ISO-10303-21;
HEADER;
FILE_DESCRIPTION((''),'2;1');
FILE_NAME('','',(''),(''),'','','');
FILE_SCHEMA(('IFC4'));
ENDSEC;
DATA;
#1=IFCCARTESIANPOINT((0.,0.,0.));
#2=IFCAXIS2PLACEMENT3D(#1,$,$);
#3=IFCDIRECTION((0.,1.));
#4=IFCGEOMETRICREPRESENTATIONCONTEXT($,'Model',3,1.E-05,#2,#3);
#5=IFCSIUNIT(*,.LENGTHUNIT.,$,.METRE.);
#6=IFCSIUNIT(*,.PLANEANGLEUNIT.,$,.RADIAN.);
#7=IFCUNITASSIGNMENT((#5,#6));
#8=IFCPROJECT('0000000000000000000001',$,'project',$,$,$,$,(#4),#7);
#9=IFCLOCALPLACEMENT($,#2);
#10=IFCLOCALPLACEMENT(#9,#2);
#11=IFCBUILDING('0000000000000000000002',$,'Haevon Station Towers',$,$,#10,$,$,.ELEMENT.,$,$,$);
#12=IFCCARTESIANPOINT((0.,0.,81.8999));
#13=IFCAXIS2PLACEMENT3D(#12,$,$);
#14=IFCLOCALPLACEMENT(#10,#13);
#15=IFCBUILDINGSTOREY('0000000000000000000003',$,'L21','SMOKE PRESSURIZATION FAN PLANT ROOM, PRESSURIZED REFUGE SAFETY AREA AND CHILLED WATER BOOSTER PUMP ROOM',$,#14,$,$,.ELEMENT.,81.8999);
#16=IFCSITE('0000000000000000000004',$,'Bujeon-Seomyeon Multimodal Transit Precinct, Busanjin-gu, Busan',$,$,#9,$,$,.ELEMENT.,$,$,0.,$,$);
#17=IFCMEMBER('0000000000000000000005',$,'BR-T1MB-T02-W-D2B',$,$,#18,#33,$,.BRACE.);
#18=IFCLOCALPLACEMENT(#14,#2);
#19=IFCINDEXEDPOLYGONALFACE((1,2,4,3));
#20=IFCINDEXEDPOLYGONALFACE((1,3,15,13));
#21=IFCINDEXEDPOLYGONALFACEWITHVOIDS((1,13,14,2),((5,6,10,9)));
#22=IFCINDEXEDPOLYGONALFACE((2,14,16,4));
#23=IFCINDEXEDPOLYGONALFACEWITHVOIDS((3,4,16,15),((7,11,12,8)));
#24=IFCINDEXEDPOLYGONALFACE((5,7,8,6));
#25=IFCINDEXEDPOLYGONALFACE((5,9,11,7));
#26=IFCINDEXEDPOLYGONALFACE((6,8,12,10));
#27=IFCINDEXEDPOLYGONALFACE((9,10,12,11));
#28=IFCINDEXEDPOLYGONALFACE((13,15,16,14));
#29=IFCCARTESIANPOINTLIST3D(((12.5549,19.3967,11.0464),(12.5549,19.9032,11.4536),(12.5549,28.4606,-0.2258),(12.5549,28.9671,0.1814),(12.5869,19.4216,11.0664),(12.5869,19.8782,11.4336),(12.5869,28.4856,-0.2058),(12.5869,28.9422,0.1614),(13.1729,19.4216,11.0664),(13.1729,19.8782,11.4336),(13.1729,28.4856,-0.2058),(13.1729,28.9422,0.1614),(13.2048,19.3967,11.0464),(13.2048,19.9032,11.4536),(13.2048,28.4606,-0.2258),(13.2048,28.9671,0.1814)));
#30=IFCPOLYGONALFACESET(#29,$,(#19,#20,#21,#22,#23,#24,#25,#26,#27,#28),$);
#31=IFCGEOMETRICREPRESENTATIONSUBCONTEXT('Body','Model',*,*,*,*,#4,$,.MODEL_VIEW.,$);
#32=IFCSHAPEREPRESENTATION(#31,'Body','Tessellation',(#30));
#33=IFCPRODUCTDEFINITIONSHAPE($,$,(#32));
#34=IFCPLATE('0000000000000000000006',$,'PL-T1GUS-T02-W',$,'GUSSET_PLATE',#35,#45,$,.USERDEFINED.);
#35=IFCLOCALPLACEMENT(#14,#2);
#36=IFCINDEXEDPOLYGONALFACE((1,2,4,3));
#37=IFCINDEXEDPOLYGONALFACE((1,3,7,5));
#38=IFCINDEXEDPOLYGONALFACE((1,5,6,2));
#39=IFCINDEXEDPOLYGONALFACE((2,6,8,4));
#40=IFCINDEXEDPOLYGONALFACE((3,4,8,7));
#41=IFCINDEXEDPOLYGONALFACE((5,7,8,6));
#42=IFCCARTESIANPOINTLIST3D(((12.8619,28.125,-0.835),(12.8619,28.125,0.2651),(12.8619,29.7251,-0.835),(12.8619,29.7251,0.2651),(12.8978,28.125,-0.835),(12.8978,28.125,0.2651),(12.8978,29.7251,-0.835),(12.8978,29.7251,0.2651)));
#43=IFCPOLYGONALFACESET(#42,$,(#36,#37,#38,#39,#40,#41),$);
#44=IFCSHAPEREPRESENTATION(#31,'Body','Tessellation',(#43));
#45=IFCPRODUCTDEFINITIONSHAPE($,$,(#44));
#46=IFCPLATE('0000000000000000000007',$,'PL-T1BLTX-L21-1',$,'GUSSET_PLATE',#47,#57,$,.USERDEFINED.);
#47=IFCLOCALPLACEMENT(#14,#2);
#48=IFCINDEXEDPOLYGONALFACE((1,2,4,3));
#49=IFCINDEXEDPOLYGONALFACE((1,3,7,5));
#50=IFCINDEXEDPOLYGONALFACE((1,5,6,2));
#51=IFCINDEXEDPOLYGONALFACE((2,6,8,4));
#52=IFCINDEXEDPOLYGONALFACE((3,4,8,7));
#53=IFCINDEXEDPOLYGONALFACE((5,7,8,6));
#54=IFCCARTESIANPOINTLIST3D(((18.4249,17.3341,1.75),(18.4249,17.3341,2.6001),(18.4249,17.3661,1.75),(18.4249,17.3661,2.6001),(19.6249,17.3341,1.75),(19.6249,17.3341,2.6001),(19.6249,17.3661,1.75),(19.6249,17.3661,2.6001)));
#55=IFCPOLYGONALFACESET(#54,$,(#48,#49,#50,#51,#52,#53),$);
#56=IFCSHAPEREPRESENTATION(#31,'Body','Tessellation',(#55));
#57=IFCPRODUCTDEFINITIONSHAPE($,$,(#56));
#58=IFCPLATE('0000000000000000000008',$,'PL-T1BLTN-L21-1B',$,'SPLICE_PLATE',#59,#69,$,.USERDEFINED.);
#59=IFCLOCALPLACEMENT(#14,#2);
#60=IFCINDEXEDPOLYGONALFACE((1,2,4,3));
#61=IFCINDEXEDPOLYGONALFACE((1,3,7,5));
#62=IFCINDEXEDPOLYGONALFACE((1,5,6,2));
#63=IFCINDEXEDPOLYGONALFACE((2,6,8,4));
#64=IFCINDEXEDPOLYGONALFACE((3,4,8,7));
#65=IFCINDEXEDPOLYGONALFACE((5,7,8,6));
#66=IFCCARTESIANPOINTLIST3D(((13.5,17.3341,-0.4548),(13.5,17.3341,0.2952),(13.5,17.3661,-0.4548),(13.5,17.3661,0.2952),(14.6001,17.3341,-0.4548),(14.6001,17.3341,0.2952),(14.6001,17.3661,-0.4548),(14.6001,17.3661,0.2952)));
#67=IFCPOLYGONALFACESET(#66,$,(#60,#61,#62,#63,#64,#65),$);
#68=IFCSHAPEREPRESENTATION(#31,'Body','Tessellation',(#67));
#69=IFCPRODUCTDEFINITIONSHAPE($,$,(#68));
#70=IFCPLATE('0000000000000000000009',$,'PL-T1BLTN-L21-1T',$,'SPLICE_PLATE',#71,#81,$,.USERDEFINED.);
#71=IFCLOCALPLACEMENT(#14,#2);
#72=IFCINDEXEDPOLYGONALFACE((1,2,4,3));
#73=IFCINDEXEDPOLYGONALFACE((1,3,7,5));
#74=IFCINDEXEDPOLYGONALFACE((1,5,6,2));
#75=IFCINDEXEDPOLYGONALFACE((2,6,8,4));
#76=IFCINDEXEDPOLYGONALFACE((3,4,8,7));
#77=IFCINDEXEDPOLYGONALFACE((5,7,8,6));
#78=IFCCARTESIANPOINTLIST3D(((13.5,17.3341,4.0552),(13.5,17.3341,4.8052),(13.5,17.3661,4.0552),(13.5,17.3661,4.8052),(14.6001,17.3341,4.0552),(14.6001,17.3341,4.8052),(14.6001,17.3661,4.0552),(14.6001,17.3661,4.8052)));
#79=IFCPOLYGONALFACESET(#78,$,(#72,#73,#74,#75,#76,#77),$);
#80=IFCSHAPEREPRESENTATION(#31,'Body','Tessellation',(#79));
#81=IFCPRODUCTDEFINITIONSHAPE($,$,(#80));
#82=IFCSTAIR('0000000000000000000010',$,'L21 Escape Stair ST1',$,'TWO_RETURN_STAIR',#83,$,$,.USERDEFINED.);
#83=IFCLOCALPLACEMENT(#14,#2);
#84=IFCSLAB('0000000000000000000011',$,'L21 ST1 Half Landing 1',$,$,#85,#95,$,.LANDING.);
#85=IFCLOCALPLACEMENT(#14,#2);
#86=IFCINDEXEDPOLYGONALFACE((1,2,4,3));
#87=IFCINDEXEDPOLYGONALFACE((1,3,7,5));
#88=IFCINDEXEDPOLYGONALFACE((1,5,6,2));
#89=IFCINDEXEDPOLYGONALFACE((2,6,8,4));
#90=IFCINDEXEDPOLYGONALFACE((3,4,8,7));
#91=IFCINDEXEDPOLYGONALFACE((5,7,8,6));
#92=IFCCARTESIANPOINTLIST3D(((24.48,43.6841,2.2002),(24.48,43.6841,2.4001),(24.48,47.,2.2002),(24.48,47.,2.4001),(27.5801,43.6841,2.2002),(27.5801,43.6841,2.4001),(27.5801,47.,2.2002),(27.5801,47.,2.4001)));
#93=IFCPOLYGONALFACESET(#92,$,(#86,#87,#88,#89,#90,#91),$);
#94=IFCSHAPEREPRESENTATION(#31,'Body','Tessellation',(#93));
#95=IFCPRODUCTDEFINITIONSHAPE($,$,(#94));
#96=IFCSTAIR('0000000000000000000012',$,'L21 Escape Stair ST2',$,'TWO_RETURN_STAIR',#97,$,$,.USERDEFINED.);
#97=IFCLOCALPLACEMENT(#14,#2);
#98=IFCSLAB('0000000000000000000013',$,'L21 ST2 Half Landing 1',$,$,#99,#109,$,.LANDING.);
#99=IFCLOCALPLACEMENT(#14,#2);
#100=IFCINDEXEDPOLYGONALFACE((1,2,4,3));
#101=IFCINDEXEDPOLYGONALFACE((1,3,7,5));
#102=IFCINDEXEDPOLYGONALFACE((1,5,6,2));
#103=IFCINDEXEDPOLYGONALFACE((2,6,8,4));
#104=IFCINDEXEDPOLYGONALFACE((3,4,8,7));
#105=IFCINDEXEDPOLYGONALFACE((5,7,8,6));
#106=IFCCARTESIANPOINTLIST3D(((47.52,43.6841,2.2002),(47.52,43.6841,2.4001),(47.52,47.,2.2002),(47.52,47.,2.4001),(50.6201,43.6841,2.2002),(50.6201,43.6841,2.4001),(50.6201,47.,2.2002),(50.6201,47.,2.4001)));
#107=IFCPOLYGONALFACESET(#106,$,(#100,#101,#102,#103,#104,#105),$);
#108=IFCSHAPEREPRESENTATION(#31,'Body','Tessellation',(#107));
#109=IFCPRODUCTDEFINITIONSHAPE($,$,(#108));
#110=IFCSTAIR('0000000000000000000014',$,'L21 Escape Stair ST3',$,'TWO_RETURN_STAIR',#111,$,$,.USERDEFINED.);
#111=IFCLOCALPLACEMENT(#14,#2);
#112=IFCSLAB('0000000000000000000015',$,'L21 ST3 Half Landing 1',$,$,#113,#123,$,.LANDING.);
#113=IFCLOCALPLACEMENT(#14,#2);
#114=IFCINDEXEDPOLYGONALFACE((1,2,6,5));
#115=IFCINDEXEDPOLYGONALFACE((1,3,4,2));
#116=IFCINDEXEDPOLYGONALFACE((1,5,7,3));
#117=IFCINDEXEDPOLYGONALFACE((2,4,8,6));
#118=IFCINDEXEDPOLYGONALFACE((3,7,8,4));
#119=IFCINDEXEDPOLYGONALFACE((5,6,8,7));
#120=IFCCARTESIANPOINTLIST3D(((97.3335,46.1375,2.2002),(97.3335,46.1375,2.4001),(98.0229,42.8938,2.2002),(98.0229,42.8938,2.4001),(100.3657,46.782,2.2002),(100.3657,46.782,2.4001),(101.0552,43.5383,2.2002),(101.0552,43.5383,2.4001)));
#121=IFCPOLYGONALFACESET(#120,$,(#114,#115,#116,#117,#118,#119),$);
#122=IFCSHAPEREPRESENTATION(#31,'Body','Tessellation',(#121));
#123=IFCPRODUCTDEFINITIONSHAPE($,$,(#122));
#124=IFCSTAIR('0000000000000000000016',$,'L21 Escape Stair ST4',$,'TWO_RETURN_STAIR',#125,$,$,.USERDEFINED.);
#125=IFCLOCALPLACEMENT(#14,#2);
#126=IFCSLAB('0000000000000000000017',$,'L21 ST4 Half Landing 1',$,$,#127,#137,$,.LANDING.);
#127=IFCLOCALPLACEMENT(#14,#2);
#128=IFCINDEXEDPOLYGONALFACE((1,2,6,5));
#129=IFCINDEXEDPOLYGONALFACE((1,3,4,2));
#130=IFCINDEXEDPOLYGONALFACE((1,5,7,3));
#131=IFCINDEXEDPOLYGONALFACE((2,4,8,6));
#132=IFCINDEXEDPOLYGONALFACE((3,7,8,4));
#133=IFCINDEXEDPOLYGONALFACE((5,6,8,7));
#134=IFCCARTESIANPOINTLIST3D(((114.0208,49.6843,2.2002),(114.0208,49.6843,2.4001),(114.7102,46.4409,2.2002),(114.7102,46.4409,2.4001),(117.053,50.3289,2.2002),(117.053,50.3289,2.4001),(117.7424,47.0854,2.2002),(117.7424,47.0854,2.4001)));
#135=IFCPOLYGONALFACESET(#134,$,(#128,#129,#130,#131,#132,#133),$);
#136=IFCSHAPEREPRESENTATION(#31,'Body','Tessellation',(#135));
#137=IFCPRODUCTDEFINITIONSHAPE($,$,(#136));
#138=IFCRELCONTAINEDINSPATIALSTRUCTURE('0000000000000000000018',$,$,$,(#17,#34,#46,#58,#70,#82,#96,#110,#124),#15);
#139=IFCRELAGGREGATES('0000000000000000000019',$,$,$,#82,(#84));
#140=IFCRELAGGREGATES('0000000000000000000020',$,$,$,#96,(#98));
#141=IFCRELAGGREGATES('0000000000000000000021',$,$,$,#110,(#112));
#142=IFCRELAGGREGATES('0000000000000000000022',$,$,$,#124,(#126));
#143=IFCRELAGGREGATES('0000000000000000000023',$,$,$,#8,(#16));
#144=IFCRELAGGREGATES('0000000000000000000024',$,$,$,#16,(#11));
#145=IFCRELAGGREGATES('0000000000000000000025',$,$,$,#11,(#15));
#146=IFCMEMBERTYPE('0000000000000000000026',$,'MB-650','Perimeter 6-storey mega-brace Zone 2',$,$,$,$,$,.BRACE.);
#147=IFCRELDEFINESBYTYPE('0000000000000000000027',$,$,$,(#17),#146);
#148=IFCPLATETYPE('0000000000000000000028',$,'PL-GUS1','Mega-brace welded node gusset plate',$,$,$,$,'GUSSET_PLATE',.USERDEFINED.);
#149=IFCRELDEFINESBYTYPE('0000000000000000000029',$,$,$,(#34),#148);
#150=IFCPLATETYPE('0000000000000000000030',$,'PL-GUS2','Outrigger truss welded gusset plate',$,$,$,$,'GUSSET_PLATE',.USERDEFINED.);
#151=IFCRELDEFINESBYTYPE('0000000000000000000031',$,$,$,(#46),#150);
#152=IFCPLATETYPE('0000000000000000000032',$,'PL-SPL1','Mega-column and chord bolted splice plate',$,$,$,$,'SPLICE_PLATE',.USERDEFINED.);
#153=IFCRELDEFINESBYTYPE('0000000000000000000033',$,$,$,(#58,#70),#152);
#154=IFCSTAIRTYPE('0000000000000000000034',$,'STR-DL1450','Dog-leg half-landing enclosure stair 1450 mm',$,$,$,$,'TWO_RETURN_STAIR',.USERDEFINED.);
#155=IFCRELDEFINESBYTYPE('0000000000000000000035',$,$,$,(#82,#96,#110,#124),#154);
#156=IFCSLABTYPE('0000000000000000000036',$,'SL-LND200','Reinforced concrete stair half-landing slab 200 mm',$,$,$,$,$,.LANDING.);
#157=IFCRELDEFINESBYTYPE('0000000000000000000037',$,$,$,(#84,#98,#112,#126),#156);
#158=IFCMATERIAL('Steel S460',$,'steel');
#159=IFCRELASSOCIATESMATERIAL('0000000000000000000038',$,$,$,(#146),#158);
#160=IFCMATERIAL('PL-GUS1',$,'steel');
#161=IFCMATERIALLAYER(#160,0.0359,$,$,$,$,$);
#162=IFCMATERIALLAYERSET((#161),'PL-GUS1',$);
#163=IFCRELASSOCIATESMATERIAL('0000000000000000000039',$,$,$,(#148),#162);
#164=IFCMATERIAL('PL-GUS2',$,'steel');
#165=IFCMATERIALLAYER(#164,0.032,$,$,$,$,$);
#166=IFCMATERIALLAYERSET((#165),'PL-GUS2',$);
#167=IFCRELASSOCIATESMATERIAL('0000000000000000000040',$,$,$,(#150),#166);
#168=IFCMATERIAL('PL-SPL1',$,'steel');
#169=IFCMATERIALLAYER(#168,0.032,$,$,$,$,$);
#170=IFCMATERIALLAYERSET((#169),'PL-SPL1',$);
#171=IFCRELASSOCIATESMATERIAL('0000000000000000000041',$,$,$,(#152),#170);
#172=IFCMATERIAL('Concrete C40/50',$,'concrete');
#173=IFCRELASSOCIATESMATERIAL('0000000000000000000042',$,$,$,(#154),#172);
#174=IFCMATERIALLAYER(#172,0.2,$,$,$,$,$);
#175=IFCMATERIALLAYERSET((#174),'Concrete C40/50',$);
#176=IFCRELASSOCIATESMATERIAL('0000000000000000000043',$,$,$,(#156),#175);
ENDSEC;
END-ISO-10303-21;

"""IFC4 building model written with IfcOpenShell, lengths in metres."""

from ifc_helpers import new_model, si_unit, direction, frame, origin, origin_2d, place, context, subcontext, project, spatial, polyline, rectangle, hollow_rectangle, outline, extrude, material, layer, layer_set, material_profile, profile_set, type_object, element, aggregate, save


model = new_model("IFC4")

# Units and contexts
model_context = context("Model", 3, precision=1e-05, world=origin(), true_north=direction((0.0, 1.0)))
body_context = subcontext(model_context, "Body", "Model", "MODEL_VIEW")
ifc_project = project(units=[si_unit("LENGTHUNIT", "METRE"), si_unit("PLANEANGLEUNIT", "RADIAN")], contexts=[model_context])

# Site, building, storey
site_placement = place(None, origin())
site = spatial("IfcSite", under=ifc_project, at=site_placement, Name="Bujeon-Seomyeon Multimodal Transit Precinct, Busanjin-gu, Busan", CompositionType="ELEMENT", RefElevation=0.0)
building_placement = place(site_placement, origin())
building = spatial("IfcBuilding", under=site, at=building_placement, Name="Haevon Station Towers", CompositionType="ELEMENT")
storey_placement = place(building_placement, frame((0.0, 0.0, 81.8999)))
storey = spatial("IfcBuildingStorey", under=building, at=storey_placement, Name="L21", Description="SMOKE PRESSURIZATION FAN PLANT ROOM, PRESSURIZED REFUGE SAFETY AREA AND CHILLED WATER BOOSTER PUMP ROOM", CompositionType="ELEMENT", Elevation=81.8999)

# Shared definitions
ifc_material_1 = material(Name="Steel S460", Category="steel")

# Member
ifc_material_profile_1 = material_profile(ifc_material_1, hollow_rectangle(XDim=0.6499, YDim=0.6499, WallThickness=0.032, at=origin_2d()), Name="RHS-650x650x32")
ifc_profile_set_1 = profile_set([ifc_material_profile_1], Name="Steel S460")
member_type_1 = type_object("IfcMemberType", Name="MB-650", Description="Perimeter 6-storey mega-brace Zone 2", PredefinedType="BRACE", material=ifc_profile_set_1)
member_1_placement = place(storey_placement, frame((12.8799, 28.7139, -0.0222), z_axis=(0.0, -0.62664, 0.779309), x_axis=(1.0, 0.0, 0.0)))
element("IfcMember", 1, at=member_1_placement, inside=storey, type_object=member_type_1, Name="BR-T1MB-T02-W-D2B", PredefinedType="BRACE", context=body_context, shape_type="SweptSolid", body=[
    extrude(hollow_rectangle(XDim=0.6499, YDim=0.6499, WallThickness=0.032, at=origin_2d()), origin(), (0.0, 0.0, 1.0), 14.4644),
])

# Plates
ifc_material_2 = material(Name="PL-GUS1", Category="steel")
ifc_layer_1 = layer(ifc_material_2, 0.0359)
ifc_layer_set_1 = layer_set([ifc_layer_1], Name="PL-GUS1")
plate_type_1 = type_object("IfcPlateType", Name="PL-GUS1", Description="Mega-brace welded node gusset plate", ElementType="GUSSET_PLATE", PredefinedType="USERDEFINED", material=ifc_layer_set_1)
plate_1_placement = place(storey_placement, frame((12.8799, 28.925, -0.835), z_axis=(0.0, 0.0, 1.0), x_axis=(0.0, 1.0, 0.0)))
element("IfcPlate", 2, at=plate_1_placement, inside=storey, type_object=plate_type_1, Name="PL-T1GUS-T02-W", ObjectType="GUSSET_PLATE", PredefinedType="USERDEFINED", context=body_context, shape_type="SweptSolid", body=[
    extrude(rectangle(XDim=1.6001, YDim=0.0359, at=origin_2d()), origin(), (0.0, 0.0, 1.0), 1.1001),
])
ifc_material_3 = material(Name="PL-GUS2", Category="steel")
ifc_layer_2 = layer(ifc_material_3, 0.032)
ifc_layer_set_2 = layer_set([ifc_layer_2], Name="PL-GUS2")
plate_type_2 = type_object("IfcPlateType", Name="PL-GUS2", Description="Outrigger truss welded gusset plate", ElementType="GUSSET_PLATE", PredefinedType="USERDEFINED", material=ifc_layer_set_2)
plate_2_placement = place(storey_placement, frame((19.0249, 17.3501, 1.75), z_axis=(0.0, 0.0, 1.0), x_axis=(1.0, 0.0, 0.0)))
element("IfcPlate", 3, at=plate_2_placement, inside=storey, type_object=plate_type_2, Name="PL-T1BLTX-L21-1", ObjectType="GUSSET_PLATE", PredefinedType="USERDEFINED", context=body_context, shape_type="SweptSolid", body=[
    extrude(rectangle(XDim=1.2, YDim=0.032, at=origin_2d()), origin(), (0.0, 0.0, 1.0), 0.8501),
])
ifc_material_4 = material(Name="PL-SPL1", Category="steel")
ifc_layer_3 = layer(ifc_material_4, 0.032)
ifc_layer_set_3 = layer_set([ifc_layer_3], Name="PL-SPL1")
plate_type_3 = type_object("IfcPlateType", Name="PL-SPL1", Description="Mega-column and chord bolted splice plate", ElementType="SPLICE_PLATE", PredefinedType="USERDEFINED", material=ifc_layer_set_3)
for number, where, z_axis, x_axis, name in (
    (4, (14.05, 17.3501, -0.4548), (0.0, 0.0, 1.0), (1.0, 0.0, 0.0), "PL-T1BLTN-L21-1B"),
    (5, (14.05, 17.3501, 4.0552), (0.0, 0.0, 1.0), (1.0, 0.0, 0.0), "PL-T1BLTN-L21-1T"),
):
    element("IfcPlate", number, at=place(storey_placement, frame(where, z_axis=z_axis, x_axis=x_axis)), inside=storey, type_object=plate_type_3, Name=name, ObjectType="SPLICE_PLATE", PredefinedType="USERDEFINED", context=body_context, shape_type="SweptSolid", body=[
        extrude(rectangle(XDim=1.1001, YDim=0.032, at=origin_2d()), origin(), (0.0, 0.0, 1.0), 0.75),
    ])

# Stairs, slabs
ifc_material_5 = material(Name="Concrete C40/50", Category="concrete")
stair_type = type_object("IfcStairType", Name="STR-DL1450", Description="Dog-leg half-landing enclosure stair 1450 mm", ElementType="TWO_RETURN_STAIR", PredefinedType="USERDEFINED", material=ifc_material_5)
stair_1_placement = place(storey_placement, origin())
stair_1 = element("IfcStair", 6, at=stair_1_placement, inside=storey, type_object=stair_type, Name="L21 Escape Stair ST1", ObjectType="TWO_RETURN_STAIR", PredefinedType="USERDEFINED")
ifc_layer_4 = layer(ifc_material_5, 0.2)
ifc_layer_set_4 = layer_set([ifc_layer_4], Name="Concrete C40/50")
slab_type_1 = type_object("IfcSlabType", Name="SL-LND200", Description="Reinforced concrete stair half-landing slab 200 mm", PredefinedType="LANDING", material=ifc_layer_set_4)
slab_1_placement = place(storey_placement, frame((0.0, 0.0, 2.2002)))
slab_1 = element("IfcSlab", 7, at=slab_1_placement, type_object=slab_type_1, Name="L21 ST1 Half Landing 1", PredefinedType="LANDING", context=body_context, shape_type="SweptSolid", body=[
    extrude(outline(polyline([(27.5801, 43.6841), (27.5801, 47.0), (24.48, 47.0), (24.48, 43.6841), (27.5801, 43.6841)])), origin(), (0.0, 0.0, 1.0), 0.2),
])
aggregate(stair_1, [slab_1])
stair_2_placement = place(storey_placement, origin())
stair_2 = element("IfcStair", 8, at=stair_2_placement, inside=storey, type_object=stair_type, Name="L21 Escape Stair ST2", ObjectType="TWO_RETURN_STAIR", PredefinedType="USERDEFINED")
slab_2_placement = place(storey_placement, frame((0.0, 0.0, 2.2002)))
slab_2 = element("IfcSlab", 9, at=slab_2_placement, type_object=slab_type_1, Name="L21 ST2 Half Landing 1", PredefinedType="LANDING", context=body_context, shape_type="SweptSolid", body=[
    extrude(outline(polyline([(50.6201, 43.6841), (50.6201, 47.0), (47.52, 47.0), (47.52, 43.6841), (50.6201, 43.6841)])), origin(), (0.0, 0.0, 1.0), 0.2),
])
aggregate(stair_2, [slab_2])
stair_3_placement = place(storey_placement, origin())
stair_3 = element("IfcStair", 10, at=stair_3_placement, inside=storey, type_object=stair_type, Name="L21 Escape Stair ST3", ObjectType="TWO_RETURN_STAIR", PredefinedType="USERDEFINED")
slab_3_placement = place(storey_placement, frame((0.0, 0.0, 2.2002)))
slab_3 = element("IfcSlab", 11, at=slab_3_placement, type_object=slab_type_1, Name="L21 ST3 Half Landing 1", PredefinedType="LANDING", context=body_context, shape_type="SweptSolid", body=[
    extrude(outline(polyline([(101.0552, 43.5383), (100.3657, 46.782), (97.3335, 46.1375), (98.0229, 42.8938), (101.0552, 43.5383)])), origin(), (0.0, 0.0, 1.0), 0.2),
])
aggregate(stair_3, [slab_3])
stair_4_placement = place(storey_placement, origin())
stair_4 = element("IfcStair", 12, at=stair_4_placement, inside=storey, type_object=stair_type, Name="L21 Escape Stair ST4", ObjectType="TWO_RETURN_STAIR", PredefinedType="USERDEFINED")
slab_4_placement = place(storey_placement, frame((0.0, 0.0, 2.2002)))
slab_4 = element("IfcSlab", 13, at=slab_4_placement, type_object=slab_type_1, Name="L21 ST4 Half Landing 1", PredefinedType="LANDING", context=body_context, shape_type="SweptSolid", body=[
    extrude(outline(polyline([(117.7424, 47.0854), (117.053, 50.3289), (114.0208, 49.6843), (114.7102, 46.4409), (117.7424, 47.0854)])), origin(), (0.0, 0.0, 1.0), 0.2),
])
aggregate(stair_4, [slab_4])

save(model, "model.ifc")
